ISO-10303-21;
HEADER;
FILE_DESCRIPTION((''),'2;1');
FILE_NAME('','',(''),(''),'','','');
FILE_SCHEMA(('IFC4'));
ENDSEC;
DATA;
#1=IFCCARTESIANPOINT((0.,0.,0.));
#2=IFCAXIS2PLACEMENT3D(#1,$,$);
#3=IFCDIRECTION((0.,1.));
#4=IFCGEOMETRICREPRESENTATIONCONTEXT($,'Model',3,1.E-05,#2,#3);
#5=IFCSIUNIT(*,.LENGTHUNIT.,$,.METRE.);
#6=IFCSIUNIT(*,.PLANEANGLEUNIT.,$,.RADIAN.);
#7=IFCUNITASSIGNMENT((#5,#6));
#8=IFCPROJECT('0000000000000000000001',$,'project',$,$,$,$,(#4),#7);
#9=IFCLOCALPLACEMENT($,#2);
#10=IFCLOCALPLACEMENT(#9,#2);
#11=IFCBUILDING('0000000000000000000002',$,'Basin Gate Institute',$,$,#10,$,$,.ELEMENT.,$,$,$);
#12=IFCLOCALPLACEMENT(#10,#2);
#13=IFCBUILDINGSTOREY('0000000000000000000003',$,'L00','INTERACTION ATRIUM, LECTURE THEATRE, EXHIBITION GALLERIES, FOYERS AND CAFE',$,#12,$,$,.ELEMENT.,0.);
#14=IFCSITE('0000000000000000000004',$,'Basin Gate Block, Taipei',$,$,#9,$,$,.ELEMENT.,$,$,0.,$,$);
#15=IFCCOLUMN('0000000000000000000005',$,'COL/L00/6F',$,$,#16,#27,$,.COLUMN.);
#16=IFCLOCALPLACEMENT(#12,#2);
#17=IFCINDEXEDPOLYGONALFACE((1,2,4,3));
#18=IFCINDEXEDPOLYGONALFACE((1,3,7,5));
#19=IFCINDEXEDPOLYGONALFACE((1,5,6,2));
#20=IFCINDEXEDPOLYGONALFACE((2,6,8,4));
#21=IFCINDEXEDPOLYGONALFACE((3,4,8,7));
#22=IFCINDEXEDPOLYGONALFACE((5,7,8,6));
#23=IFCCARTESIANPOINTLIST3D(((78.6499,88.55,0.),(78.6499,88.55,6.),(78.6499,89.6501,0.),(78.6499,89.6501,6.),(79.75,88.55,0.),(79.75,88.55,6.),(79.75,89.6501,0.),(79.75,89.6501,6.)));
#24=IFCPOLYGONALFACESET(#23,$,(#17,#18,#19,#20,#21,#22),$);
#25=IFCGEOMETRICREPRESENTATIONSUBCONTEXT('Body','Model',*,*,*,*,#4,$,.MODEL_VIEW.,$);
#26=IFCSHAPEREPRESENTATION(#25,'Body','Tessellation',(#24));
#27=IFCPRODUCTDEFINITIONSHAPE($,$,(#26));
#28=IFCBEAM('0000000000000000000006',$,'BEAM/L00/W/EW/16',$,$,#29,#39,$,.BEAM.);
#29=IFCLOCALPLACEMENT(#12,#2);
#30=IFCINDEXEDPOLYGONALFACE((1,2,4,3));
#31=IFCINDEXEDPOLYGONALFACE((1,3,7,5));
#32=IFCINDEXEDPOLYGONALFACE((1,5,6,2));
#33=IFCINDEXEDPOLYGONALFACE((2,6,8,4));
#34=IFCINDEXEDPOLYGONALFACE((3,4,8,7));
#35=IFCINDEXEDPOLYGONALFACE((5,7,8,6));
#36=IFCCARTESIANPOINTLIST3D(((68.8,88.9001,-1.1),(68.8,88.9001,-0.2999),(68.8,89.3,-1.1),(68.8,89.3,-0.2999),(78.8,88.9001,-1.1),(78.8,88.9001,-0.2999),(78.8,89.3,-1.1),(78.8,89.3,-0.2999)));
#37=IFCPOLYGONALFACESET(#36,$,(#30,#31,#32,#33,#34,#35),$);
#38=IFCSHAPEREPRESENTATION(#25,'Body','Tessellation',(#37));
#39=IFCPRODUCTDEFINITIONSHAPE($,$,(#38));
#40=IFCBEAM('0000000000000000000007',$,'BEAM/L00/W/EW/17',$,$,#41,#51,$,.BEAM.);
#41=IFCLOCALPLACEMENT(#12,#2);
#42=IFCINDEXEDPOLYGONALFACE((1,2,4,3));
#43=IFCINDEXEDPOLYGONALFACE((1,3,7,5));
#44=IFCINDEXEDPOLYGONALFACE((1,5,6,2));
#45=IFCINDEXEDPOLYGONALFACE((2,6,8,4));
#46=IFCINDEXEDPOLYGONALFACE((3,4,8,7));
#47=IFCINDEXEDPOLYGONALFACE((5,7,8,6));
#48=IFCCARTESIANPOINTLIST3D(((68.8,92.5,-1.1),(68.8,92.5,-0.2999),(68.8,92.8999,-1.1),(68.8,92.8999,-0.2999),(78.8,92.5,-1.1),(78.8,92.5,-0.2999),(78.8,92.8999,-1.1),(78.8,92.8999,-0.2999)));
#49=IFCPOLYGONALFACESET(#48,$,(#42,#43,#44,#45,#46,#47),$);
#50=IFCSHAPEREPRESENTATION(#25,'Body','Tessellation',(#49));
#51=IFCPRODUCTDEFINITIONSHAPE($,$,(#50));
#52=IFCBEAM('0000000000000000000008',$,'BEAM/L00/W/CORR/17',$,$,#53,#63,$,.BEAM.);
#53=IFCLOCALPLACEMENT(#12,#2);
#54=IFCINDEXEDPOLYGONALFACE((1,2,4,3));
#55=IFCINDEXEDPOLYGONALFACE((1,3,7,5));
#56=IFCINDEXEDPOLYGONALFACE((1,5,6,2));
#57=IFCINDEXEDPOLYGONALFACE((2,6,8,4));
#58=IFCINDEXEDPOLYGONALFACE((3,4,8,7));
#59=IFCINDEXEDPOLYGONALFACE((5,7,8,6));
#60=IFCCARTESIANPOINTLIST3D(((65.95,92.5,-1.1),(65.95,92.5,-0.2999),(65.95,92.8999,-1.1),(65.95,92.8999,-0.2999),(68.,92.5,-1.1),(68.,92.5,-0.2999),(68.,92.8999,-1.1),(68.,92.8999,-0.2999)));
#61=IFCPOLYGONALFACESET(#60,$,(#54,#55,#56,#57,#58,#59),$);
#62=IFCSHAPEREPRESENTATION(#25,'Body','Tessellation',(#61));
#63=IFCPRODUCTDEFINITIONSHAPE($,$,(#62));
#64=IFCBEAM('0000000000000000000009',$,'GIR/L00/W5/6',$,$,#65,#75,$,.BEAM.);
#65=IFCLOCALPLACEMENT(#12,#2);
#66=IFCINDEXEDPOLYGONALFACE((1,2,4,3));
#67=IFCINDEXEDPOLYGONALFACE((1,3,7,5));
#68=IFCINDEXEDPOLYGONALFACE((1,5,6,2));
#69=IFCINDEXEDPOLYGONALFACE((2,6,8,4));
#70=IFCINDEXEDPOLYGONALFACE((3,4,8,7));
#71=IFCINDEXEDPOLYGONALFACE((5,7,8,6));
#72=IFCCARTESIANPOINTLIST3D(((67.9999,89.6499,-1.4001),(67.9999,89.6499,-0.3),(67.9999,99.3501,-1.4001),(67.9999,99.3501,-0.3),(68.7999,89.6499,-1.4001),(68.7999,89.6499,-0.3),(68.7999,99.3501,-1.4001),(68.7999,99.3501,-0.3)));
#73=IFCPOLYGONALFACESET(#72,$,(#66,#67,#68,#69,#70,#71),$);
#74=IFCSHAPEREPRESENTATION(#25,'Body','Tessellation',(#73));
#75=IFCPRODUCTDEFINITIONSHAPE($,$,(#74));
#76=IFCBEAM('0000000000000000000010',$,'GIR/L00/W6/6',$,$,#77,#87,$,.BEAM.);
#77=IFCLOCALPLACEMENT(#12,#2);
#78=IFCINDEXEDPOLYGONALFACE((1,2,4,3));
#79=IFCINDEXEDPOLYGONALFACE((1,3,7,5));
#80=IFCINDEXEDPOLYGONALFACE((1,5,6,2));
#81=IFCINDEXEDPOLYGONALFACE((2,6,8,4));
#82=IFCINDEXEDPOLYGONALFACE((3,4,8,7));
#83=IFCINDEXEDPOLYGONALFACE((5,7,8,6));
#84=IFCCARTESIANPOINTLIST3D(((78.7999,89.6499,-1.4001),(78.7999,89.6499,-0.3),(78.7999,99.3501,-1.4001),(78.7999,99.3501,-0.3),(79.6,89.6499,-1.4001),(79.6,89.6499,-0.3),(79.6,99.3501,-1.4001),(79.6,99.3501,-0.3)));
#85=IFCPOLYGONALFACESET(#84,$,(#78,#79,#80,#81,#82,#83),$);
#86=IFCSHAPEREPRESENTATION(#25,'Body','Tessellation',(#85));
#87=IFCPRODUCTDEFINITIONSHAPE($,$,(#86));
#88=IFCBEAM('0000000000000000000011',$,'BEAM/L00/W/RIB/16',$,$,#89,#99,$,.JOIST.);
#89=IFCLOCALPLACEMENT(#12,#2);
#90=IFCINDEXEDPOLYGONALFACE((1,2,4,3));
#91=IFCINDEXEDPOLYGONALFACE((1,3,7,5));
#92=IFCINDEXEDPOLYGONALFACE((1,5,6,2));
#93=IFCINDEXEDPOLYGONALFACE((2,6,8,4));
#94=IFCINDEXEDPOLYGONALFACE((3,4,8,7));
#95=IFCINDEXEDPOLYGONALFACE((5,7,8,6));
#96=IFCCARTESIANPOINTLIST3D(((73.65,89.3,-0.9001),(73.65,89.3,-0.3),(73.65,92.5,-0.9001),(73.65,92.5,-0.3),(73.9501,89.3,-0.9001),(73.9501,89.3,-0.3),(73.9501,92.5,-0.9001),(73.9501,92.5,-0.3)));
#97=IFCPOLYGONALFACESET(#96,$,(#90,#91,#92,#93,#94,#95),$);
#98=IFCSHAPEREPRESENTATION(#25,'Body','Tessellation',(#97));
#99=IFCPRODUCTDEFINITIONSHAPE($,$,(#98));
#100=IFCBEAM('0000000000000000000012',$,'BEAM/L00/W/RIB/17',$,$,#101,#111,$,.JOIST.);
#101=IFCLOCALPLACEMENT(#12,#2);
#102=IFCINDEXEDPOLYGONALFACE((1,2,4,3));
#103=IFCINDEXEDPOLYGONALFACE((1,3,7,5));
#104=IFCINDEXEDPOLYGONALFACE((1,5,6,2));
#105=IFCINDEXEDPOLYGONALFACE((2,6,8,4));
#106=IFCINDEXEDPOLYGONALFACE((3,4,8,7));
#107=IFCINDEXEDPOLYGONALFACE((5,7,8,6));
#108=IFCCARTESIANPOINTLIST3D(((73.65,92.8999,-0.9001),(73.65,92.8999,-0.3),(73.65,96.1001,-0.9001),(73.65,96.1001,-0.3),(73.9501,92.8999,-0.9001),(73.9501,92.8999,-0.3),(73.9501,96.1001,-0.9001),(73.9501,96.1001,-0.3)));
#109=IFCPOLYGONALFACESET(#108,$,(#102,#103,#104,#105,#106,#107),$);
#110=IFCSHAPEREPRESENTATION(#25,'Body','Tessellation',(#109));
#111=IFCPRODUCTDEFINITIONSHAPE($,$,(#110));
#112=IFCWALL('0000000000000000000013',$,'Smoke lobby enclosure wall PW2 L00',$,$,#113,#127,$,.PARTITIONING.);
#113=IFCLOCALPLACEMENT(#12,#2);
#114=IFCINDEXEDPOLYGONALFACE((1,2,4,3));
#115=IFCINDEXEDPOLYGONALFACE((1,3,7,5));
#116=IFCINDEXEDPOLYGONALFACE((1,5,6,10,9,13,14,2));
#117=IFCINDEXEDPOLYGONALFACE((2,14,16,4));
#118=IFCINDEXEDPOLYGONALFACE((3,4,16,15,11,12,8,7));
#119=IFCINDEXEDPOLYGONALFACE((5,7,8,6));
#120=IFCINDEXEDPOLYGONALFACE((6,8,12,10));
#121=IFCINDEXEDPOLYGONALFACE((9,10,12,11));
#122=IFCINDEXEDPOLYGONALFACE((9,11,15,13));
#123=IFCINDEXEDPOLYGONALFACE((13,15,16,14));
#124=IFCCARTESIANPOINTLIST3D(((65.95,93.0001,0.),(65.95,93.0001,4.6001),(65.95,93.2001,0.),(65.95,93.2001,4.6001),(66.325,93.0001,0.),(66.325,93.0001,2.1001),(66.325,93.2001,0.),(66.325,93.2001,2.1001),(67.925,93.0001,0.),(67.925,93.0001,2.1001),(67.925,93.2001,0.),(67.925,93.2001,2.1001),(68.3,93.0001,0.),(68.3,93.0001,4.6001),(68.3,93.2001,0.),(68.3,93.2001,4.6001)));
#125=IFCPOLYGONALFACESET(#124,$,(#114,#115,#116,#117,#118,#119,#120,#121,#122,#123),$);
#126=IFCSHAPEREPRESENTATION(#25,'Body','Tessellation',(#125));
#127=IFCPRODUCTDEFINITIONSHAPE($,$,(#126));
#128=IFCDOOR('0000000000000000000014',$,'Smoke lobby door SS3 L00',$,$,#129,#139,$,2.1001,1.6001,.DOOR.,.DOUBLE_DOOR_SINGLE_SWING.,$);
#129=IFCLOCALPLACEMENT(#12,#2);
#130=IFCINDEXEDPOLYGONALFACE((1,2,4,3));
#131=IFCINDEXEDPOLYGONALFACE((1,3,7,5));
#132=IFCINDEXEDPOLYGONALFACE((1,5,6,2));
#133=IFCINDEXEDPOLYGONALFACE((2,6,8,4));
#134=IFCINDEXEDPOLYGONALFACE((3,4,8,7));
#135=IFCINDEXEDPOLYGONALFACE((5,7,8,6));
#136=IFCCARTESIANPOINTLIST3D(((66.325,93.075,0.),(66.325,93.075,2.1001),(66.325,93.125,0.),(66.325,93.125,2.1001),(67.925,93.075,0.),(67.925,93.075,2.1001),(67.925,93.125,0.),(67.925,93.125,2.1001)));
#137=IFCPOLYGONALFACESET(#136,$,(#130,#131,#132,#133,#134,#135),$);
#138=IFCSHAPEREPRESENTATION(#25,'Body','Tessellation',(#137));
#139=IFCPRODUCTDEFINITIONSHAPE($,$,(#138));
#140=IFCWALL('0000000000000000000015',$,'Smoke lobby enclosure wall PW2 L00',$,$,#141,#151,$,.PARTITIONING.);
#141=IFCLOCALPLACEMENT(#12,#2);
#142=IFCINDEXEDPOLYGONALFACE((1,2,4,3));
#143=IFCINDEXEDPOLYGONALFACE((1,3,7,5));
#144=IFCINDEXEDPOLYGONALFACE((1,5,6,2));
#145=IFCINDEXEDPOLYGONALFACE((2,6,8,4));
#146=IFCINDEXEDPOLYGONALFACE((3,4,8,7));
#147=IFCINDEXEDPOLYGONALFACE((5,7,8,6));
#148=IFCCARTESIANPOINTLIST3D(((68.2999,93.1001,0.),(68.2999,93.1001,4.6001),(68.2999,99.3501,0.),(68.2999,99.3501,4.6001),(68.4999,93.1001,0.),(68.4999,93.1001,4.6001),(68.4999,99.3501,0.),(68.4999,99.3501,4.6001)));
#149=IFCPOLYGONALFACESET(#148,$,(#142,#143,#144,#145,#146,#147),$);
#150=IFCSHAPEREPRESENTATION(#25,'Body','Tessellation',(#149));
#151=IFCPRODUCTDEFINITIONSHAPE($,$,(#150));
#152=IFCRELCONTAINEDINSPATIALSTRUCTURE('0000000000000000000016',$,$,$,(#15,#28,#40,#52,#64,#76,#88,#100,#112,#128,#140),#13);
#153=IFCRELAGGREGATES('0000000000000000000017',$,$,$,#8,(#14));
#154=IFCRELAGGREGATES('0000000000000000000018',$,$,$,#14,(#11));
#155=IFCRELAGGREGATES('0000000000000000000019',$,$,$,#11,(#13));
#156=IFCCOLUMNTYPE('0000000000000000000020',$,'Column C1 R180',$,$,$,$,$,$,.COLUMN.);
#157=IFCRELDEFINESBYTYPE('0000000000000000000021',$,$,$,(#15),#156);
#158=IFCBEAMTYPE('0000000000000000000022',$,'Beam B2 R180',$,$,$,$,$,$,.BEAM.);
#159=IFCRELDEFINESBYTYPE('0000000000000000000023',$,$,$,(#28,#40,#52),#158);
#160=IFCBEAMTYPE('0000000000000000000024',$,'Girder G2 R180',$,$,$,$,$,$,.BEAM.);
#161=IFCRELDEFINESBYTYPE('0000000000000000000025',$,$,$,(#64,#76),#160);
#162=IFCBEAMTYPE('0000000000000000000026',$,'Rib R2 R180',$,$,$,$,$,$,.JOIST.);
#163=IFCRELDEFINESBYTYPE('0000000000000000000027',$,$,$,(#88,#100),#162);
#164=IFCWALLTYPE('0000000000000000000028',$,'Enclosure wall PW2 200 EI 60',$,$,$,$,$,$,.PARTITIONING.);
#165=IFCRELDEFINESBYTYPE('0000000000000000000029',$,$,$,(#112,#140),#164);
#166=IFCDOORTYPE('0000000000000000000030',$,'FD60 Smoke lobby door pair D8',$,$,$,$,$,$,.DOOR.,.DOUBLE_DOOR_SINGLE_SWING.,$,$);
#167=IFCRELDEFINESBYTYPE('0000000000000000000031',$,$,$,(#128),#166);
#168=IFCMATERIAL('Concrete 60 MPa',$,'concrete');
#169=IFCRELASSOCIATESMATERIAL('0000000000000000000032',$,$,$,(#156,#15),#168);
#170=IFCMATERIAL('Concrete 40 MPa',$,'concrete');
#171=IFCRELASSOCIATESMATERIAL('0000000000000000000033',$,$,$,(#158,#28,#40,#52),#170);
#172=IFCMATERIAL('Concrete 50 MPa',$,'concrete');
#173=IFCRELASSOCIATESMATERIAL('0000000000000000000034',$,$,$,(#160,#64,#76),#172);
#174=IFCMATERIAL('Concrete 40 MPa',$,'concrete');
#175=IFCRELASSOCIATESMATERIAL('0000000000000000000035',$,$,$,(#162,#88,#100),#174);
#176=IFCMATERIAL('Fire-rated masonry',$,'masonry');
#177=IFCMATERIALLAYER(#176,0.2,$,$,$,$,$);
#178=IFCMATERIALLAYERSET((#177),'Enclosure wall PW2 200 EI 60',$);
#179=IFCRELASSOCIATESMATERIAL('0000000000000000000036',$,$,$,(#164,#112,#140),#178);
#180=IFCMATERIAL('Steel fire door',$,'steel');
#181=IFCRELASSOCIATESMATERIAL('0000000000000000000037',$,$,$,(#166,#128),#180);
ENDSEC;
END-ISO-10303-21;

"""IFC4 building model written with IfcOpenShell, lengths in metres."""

from ifc_helpers import new_model, si_unit, direction, frame, frame_2d, origin, origin_2d, place, context, subcontext, project, spatial, rectangle, extrude, material, layer, layer_set, material_profile, profile_set, type_object, element, fill, save


model = new_model("IFC4")

# Units and contexts
model_context = context("Model", 3, precision=1e-05, world=origin(), true_north=direction((0.0, 1.0)))
body_context = subcontext(model_context, "Body", "Model", "MODEL_VIEW")
ifc_project = project(units=[si_unit("LENGTHUNIT", "METRE"), si_unit("PLANEANGLEUNIT", "RADIAN")], contexts=[model_context])

# Site, building, storey
site_placement = place(None, origin())
site = spatial("IfcSite", under=ifc_project, at=site_placement, Name="Basin Gate Block, Taipei", CompositionType="ELEMENT", RefElevation=0.0)
building_placement = place(site_placement, origin())
building = spatial("IfcBuilding", under=site, at=building_placement, Name="Basin Gate Institute", CompositionType="ELEMENT")
storey_placement = place(building_placement, origin())
storey = spatial("IfcBuildingStorey", under=building, at=storey_placement, Name="L00", Description="INTERACTION ATRIUM, LECTURE THEATRE, EXHIBITION GALLERIES, FOYERS AND CAFE", CompositionType="ELEMENT", Elevation=0.0)

# Column
ifc_material_1 = material(Name="Concrete 60 MPa", Category="concrete")
ifc_material_profile_1 = material_profile(ifc_material_1, rectangle(XDim=1.1001, YDim=1.1001, at=origin_2d()), Name="Column C1 1100 x 1100")
ifc_profile_set_1 = profile_set([ifc_material_profile_1], Name="Concrete 60 MPa")
column_type = type_object("IfcColumnType", Name="Column C1 R180", PredefinedType="COLUMN", material=ifc_profile_set_1)
column_placement = place(storey_placement, frame((79.2, 89.1001, 0.0), z_axis=(0.0, 0.0, 1.0), x_axis=(1.0, 0.0, 0.0)))
element("IfcColumn", 1, at=column_placement, inside=storey, type_object=column_type, material=ifc_profile_set_1, Name="COL/L00/6F", PredefinedType="COLUMN", context=body_context, shape_type="SweptSolid", body=[
    extrude(rectangle(XDim=1.1001, YDim=1.1001, at=origin_2d()), origin(), (0.0, 0.0, 1.0), 6.0),
])

# Beams
ifc_material_2 = material(Name="Concrete 40 MPa", Category="concrete")
ifc_material_profile_2 = material_profile(ifc_material_2, rectangle(XDim=0.3999, YDim=0.8, at=origin_2d()), Name="Beam B2 400 x 800")
ifc_profile_set_2 = profile_set([ifc_material_profile_2], Name="Concrete 40 MPa")
beam_type_1 = type_object("IfcBeamType", Name="Beam B2 R180", PredefinedType="BEAM", material=ifc_profile_set_2)
for number, where, z_axis, x_axis, name in (
    (2, (68.8, 89.1001, -0.7), (1.0, 0.0, 0.0), (0.0, 1.0, 0.0), "BEAM/L00/W/EW/16"),
    (3, (68.8, 92.7, -0.7), (1.0, 0.0, 0.0), (0.0, 1.0, 0.0), "BEAM/L00/W/EW/17"),
):
    element("IfcBeam", number, at=place(storey_placement, frame(where, z_axis=z_axis, x_axis=x_axis)), inside=storey, type_object=beam_type_1, material=ifc_profile_set_2, Name=name, PredefinedType="BEAM", context=body_context, shape_type="SweptSolid", body=[
        extrude(rectangle(XDim=0.3999, YDim=0.8, at=origin_2d()), origin(), (0.0, 0.0, 1.0), 10.0),
    ])
beam_1_placement = place(storey_placement, frame((65.95, 92.7, -0.7), z_axis=(1.0, 0.0, 0.0), x_axis=(0.0, 1.0, 0.0)))
element("IfcBeam", 4, at=beam_1_placement, inside=storey, type_object=beam_type_1, material=ifc_profile_set_2, Name="BEAM/L00/W/CORR/17", PredefinedType="BEAM", context=body_context, shape_type="SweptSolid", body=[
    extrude(rectangle(XDim=0.3999, YDim=0.8, at=origin_2d()), origin(), (0.0, 0.0, 1.0), 2.05),
])
ifc_material_3 = material(Name="Concrete 50 MPa", Category="concrete")
ifc_material_profile_3 = material_profile(ifc_material_3, rectangle(XDim=0.8, YDim=1.1001, at=origin_2d()), Name="Girder G2 800 x 1100")
ifc_profile_set_3 = profile_set([ifc_material_profile_3], Name="Concrete 50 MPa")
beam_type_2 = type_object("IfcBeamType", Name="Girder G2 R180", PredefinedType="BEAM", material=ifc_profile_set_3)
for number, where, z_axis, x_axis, name in (
    (5, (68.3999, 89.6499, -0.8501), (0.0, 1.0, 0.0), (-1.0, 0.0, 0.0), "GIR/L00/W5/6"),
    (6, (79.2, 89.6499, -0.8501), (0.0, 1.0, 0.0), (-1.0, 0.0, 0.0), "GIR/L00/W6/6"),
):
    element("IfcBeam", number, at=place(storey_placement, frame(where, z_axis=z_axis, x_axis=x_axis)), inside=storey, type_object=beam_type_2, material=ifc_profile_set_3, Name=name, PredefinedType="BEAM", context=body_context, shape_type="SweptSolid", body=[
        extrude(rectangle(XDim=0.8, YDim=1.1001, at=origin_2d()), origin(), (0.0, 0.0, 1.0), 9.7002),
    ])
ifc_material_4 = material(Name="Concrete 40 MPa", Category="concrete")
ifc_material_profile_4 = material_profile(ifc_material_4, rectangle(XDim=0.3, YDim=0.6001, at=origin_2d()), Name="Rib R2 300 x 600")
ifc_profile_set_4 = profile_set([ifc_material_profile_4], Name="Concrete 40 MPa")
beam_type_3 = type_object("IfcBeamType", Name="Rib R2 R180", PredefinedType="JOIST", material=ifc_profile_set_4)
beam_2_placement = place(storey_placement, frame((73.8, 89.3, -0.6001), z_axis=(0.0, 1.0, 0.0), x_axis=(-1.0, 0.0, 0.0)))
element("IfcBeam", 7, at=beam_2_placement, inside=storey, type_object=beam_type_3, material=ifc_profile_set_4, Name="BEAM/L00/W/RIB/16", PredefinedType="JOIST", context=body_context, shape_type="SweptSolid", body=[
    extrude(rectangle(XDim=0.3, YDim=0.6001, at=origin_2d()), origin(), (0.0, 0.0, 1.0), 3.2),
])
beam_3_placement = place(storey_placement, frame((73.8, 92.8999, -0.6001), z_axis=(0.0, 1.0, 0.0), x_axis=(-1.0, 0.0, 0.0)))
element("IfcBeam", 8, at=beam_3_placement, inside=storey, type_object=beam_type_3, material=ifc_profile_set_4, Name="BEAM/L00/W/RIB/17", PredefinedType="JOIST", context=body_context, shape_type="SweptSolid", body=[
    extrude(rectangle(XDim=0.3, YDim=0.6001, at=origin_2d()), origin(), (0.0, 0.0, 1.0), 3.2002),
])

# Wall, opening, door
ifc_material_5 = material(Name="Fire-rated masonry", Category="masonry")
ifc_layer_1 = layer(ifc_material_5, 0.2)
ifc_layer_set_1 = layer_set([ifc_layer_1], Name="Enclosure wall PW2 200 EI 60")
wall_type_1 = type_object("IfcWallType", Name="Enclosure wall PW2 200 EI 60", PredefinedType="PARTITIONING", material=ifc_layer_set_1)
wall_1_placement = place(storey_placement, frame((65.95, 93.1001, 0.0), z_axis=(0.0, 0.0, 1.0), x_axis=(1.0, 0.0, 0.0)))
wall_1 = element("IfcWall", 9, at=wall_1_placement, inside=storey, type_object=wall_type_1, material=ifc_layer_set_1, Name="Smoke lobby enclosure wall PW2 L00", PredefinedType="PARTITIONING", context=body_context, shape_type="SweptSolid", body=[
    extrude(rectangle(XDim=2.3501, YDim=0.2, at=frame_2d((1.175, 0.0))), origin(), (0.0, 0.0, 1.0), 4.6001),
])
opening_1_placement = place(wall_1_placement, frame((0.375, 0.0, 0.0)))
opening_1 = element("IfcOpeningElement", 10, at=opening_1_placement, cuts=wall_1, PredefinedType="OPENING", context=body_context, shape_type="SweptSolid", body=[
    extrude(rectangle(XDim=1.6001, YDim=2.1001, at=frame_2d((0.8, 1.05))), frame((0.0, 0.1099, 0.0), z_axis=(0.0, -1.0, 0.0), x_axis=(1.0, 0.0, 0.0)), (0.0, 0.0, 1.0), 0.22),
])
ifc_material_6 = material(Name="Steel fire door", Category="steel")
door_type_1 = type_object("IfcDoorType", Name="FD60 Smoke lobby door pair D8", OperationType="DOUBLE_DOOR_SINGLE_SWING", PredefinedType="DOOR", material=ifc_material_6)
door_1_placement = place(opening_1_placement, origin())
door_1 = element("IfcDoor", 11, at=door_1_placement, inside=storey, type_object=door_type_1, material=ifc_material_6, Name="Smoke lobby door SS3 L00", OperationType="DOUBLE_DOOR_SINGLE_SWING", OverallHeight=2.1001, OverallWidth=1.6001, PredefinedType="DOOR", context=body_context, shape_type="SweptSolid", body=[
    extrude(rectangle(XDim=1.6001, YDim=2.1001, at=frame_2d((0.8, 1.05))), frame((0.0, 0.0249, 0.0), z_axis=(0.0, -1.0, 0.0), x_axis=(1.0, 0.0, 0.0)), (0.0, 0.0, 1.0), 0.05),
])
fill(opening_1, door_1)

# Wall
wall_2_placement = place(storey_placement, frame((68.3999, 93.1001, 0.0), z_axis=(0.0, 0.0, 1.0), x_axis=(0.0, 1.0, 0.0)))
element("IfcWall", 12, at=wall_2_placement, inside=storey, type_object=wall_type_1, material=ifc_layer_set_1, Name="Smoke lobby enclosure wall PW2 L00", PredefinedType="PARTITIONING", context=body_context, shape_type="SweptSolid", body=[
    extrude(rectangle(XDim=6.25, YDim=0.2, at=frame_2d((3.125, 0.0))), origin(), (0.0, 0.0, 1.0), 4.6001),
])

save(model, "model.ifc")
